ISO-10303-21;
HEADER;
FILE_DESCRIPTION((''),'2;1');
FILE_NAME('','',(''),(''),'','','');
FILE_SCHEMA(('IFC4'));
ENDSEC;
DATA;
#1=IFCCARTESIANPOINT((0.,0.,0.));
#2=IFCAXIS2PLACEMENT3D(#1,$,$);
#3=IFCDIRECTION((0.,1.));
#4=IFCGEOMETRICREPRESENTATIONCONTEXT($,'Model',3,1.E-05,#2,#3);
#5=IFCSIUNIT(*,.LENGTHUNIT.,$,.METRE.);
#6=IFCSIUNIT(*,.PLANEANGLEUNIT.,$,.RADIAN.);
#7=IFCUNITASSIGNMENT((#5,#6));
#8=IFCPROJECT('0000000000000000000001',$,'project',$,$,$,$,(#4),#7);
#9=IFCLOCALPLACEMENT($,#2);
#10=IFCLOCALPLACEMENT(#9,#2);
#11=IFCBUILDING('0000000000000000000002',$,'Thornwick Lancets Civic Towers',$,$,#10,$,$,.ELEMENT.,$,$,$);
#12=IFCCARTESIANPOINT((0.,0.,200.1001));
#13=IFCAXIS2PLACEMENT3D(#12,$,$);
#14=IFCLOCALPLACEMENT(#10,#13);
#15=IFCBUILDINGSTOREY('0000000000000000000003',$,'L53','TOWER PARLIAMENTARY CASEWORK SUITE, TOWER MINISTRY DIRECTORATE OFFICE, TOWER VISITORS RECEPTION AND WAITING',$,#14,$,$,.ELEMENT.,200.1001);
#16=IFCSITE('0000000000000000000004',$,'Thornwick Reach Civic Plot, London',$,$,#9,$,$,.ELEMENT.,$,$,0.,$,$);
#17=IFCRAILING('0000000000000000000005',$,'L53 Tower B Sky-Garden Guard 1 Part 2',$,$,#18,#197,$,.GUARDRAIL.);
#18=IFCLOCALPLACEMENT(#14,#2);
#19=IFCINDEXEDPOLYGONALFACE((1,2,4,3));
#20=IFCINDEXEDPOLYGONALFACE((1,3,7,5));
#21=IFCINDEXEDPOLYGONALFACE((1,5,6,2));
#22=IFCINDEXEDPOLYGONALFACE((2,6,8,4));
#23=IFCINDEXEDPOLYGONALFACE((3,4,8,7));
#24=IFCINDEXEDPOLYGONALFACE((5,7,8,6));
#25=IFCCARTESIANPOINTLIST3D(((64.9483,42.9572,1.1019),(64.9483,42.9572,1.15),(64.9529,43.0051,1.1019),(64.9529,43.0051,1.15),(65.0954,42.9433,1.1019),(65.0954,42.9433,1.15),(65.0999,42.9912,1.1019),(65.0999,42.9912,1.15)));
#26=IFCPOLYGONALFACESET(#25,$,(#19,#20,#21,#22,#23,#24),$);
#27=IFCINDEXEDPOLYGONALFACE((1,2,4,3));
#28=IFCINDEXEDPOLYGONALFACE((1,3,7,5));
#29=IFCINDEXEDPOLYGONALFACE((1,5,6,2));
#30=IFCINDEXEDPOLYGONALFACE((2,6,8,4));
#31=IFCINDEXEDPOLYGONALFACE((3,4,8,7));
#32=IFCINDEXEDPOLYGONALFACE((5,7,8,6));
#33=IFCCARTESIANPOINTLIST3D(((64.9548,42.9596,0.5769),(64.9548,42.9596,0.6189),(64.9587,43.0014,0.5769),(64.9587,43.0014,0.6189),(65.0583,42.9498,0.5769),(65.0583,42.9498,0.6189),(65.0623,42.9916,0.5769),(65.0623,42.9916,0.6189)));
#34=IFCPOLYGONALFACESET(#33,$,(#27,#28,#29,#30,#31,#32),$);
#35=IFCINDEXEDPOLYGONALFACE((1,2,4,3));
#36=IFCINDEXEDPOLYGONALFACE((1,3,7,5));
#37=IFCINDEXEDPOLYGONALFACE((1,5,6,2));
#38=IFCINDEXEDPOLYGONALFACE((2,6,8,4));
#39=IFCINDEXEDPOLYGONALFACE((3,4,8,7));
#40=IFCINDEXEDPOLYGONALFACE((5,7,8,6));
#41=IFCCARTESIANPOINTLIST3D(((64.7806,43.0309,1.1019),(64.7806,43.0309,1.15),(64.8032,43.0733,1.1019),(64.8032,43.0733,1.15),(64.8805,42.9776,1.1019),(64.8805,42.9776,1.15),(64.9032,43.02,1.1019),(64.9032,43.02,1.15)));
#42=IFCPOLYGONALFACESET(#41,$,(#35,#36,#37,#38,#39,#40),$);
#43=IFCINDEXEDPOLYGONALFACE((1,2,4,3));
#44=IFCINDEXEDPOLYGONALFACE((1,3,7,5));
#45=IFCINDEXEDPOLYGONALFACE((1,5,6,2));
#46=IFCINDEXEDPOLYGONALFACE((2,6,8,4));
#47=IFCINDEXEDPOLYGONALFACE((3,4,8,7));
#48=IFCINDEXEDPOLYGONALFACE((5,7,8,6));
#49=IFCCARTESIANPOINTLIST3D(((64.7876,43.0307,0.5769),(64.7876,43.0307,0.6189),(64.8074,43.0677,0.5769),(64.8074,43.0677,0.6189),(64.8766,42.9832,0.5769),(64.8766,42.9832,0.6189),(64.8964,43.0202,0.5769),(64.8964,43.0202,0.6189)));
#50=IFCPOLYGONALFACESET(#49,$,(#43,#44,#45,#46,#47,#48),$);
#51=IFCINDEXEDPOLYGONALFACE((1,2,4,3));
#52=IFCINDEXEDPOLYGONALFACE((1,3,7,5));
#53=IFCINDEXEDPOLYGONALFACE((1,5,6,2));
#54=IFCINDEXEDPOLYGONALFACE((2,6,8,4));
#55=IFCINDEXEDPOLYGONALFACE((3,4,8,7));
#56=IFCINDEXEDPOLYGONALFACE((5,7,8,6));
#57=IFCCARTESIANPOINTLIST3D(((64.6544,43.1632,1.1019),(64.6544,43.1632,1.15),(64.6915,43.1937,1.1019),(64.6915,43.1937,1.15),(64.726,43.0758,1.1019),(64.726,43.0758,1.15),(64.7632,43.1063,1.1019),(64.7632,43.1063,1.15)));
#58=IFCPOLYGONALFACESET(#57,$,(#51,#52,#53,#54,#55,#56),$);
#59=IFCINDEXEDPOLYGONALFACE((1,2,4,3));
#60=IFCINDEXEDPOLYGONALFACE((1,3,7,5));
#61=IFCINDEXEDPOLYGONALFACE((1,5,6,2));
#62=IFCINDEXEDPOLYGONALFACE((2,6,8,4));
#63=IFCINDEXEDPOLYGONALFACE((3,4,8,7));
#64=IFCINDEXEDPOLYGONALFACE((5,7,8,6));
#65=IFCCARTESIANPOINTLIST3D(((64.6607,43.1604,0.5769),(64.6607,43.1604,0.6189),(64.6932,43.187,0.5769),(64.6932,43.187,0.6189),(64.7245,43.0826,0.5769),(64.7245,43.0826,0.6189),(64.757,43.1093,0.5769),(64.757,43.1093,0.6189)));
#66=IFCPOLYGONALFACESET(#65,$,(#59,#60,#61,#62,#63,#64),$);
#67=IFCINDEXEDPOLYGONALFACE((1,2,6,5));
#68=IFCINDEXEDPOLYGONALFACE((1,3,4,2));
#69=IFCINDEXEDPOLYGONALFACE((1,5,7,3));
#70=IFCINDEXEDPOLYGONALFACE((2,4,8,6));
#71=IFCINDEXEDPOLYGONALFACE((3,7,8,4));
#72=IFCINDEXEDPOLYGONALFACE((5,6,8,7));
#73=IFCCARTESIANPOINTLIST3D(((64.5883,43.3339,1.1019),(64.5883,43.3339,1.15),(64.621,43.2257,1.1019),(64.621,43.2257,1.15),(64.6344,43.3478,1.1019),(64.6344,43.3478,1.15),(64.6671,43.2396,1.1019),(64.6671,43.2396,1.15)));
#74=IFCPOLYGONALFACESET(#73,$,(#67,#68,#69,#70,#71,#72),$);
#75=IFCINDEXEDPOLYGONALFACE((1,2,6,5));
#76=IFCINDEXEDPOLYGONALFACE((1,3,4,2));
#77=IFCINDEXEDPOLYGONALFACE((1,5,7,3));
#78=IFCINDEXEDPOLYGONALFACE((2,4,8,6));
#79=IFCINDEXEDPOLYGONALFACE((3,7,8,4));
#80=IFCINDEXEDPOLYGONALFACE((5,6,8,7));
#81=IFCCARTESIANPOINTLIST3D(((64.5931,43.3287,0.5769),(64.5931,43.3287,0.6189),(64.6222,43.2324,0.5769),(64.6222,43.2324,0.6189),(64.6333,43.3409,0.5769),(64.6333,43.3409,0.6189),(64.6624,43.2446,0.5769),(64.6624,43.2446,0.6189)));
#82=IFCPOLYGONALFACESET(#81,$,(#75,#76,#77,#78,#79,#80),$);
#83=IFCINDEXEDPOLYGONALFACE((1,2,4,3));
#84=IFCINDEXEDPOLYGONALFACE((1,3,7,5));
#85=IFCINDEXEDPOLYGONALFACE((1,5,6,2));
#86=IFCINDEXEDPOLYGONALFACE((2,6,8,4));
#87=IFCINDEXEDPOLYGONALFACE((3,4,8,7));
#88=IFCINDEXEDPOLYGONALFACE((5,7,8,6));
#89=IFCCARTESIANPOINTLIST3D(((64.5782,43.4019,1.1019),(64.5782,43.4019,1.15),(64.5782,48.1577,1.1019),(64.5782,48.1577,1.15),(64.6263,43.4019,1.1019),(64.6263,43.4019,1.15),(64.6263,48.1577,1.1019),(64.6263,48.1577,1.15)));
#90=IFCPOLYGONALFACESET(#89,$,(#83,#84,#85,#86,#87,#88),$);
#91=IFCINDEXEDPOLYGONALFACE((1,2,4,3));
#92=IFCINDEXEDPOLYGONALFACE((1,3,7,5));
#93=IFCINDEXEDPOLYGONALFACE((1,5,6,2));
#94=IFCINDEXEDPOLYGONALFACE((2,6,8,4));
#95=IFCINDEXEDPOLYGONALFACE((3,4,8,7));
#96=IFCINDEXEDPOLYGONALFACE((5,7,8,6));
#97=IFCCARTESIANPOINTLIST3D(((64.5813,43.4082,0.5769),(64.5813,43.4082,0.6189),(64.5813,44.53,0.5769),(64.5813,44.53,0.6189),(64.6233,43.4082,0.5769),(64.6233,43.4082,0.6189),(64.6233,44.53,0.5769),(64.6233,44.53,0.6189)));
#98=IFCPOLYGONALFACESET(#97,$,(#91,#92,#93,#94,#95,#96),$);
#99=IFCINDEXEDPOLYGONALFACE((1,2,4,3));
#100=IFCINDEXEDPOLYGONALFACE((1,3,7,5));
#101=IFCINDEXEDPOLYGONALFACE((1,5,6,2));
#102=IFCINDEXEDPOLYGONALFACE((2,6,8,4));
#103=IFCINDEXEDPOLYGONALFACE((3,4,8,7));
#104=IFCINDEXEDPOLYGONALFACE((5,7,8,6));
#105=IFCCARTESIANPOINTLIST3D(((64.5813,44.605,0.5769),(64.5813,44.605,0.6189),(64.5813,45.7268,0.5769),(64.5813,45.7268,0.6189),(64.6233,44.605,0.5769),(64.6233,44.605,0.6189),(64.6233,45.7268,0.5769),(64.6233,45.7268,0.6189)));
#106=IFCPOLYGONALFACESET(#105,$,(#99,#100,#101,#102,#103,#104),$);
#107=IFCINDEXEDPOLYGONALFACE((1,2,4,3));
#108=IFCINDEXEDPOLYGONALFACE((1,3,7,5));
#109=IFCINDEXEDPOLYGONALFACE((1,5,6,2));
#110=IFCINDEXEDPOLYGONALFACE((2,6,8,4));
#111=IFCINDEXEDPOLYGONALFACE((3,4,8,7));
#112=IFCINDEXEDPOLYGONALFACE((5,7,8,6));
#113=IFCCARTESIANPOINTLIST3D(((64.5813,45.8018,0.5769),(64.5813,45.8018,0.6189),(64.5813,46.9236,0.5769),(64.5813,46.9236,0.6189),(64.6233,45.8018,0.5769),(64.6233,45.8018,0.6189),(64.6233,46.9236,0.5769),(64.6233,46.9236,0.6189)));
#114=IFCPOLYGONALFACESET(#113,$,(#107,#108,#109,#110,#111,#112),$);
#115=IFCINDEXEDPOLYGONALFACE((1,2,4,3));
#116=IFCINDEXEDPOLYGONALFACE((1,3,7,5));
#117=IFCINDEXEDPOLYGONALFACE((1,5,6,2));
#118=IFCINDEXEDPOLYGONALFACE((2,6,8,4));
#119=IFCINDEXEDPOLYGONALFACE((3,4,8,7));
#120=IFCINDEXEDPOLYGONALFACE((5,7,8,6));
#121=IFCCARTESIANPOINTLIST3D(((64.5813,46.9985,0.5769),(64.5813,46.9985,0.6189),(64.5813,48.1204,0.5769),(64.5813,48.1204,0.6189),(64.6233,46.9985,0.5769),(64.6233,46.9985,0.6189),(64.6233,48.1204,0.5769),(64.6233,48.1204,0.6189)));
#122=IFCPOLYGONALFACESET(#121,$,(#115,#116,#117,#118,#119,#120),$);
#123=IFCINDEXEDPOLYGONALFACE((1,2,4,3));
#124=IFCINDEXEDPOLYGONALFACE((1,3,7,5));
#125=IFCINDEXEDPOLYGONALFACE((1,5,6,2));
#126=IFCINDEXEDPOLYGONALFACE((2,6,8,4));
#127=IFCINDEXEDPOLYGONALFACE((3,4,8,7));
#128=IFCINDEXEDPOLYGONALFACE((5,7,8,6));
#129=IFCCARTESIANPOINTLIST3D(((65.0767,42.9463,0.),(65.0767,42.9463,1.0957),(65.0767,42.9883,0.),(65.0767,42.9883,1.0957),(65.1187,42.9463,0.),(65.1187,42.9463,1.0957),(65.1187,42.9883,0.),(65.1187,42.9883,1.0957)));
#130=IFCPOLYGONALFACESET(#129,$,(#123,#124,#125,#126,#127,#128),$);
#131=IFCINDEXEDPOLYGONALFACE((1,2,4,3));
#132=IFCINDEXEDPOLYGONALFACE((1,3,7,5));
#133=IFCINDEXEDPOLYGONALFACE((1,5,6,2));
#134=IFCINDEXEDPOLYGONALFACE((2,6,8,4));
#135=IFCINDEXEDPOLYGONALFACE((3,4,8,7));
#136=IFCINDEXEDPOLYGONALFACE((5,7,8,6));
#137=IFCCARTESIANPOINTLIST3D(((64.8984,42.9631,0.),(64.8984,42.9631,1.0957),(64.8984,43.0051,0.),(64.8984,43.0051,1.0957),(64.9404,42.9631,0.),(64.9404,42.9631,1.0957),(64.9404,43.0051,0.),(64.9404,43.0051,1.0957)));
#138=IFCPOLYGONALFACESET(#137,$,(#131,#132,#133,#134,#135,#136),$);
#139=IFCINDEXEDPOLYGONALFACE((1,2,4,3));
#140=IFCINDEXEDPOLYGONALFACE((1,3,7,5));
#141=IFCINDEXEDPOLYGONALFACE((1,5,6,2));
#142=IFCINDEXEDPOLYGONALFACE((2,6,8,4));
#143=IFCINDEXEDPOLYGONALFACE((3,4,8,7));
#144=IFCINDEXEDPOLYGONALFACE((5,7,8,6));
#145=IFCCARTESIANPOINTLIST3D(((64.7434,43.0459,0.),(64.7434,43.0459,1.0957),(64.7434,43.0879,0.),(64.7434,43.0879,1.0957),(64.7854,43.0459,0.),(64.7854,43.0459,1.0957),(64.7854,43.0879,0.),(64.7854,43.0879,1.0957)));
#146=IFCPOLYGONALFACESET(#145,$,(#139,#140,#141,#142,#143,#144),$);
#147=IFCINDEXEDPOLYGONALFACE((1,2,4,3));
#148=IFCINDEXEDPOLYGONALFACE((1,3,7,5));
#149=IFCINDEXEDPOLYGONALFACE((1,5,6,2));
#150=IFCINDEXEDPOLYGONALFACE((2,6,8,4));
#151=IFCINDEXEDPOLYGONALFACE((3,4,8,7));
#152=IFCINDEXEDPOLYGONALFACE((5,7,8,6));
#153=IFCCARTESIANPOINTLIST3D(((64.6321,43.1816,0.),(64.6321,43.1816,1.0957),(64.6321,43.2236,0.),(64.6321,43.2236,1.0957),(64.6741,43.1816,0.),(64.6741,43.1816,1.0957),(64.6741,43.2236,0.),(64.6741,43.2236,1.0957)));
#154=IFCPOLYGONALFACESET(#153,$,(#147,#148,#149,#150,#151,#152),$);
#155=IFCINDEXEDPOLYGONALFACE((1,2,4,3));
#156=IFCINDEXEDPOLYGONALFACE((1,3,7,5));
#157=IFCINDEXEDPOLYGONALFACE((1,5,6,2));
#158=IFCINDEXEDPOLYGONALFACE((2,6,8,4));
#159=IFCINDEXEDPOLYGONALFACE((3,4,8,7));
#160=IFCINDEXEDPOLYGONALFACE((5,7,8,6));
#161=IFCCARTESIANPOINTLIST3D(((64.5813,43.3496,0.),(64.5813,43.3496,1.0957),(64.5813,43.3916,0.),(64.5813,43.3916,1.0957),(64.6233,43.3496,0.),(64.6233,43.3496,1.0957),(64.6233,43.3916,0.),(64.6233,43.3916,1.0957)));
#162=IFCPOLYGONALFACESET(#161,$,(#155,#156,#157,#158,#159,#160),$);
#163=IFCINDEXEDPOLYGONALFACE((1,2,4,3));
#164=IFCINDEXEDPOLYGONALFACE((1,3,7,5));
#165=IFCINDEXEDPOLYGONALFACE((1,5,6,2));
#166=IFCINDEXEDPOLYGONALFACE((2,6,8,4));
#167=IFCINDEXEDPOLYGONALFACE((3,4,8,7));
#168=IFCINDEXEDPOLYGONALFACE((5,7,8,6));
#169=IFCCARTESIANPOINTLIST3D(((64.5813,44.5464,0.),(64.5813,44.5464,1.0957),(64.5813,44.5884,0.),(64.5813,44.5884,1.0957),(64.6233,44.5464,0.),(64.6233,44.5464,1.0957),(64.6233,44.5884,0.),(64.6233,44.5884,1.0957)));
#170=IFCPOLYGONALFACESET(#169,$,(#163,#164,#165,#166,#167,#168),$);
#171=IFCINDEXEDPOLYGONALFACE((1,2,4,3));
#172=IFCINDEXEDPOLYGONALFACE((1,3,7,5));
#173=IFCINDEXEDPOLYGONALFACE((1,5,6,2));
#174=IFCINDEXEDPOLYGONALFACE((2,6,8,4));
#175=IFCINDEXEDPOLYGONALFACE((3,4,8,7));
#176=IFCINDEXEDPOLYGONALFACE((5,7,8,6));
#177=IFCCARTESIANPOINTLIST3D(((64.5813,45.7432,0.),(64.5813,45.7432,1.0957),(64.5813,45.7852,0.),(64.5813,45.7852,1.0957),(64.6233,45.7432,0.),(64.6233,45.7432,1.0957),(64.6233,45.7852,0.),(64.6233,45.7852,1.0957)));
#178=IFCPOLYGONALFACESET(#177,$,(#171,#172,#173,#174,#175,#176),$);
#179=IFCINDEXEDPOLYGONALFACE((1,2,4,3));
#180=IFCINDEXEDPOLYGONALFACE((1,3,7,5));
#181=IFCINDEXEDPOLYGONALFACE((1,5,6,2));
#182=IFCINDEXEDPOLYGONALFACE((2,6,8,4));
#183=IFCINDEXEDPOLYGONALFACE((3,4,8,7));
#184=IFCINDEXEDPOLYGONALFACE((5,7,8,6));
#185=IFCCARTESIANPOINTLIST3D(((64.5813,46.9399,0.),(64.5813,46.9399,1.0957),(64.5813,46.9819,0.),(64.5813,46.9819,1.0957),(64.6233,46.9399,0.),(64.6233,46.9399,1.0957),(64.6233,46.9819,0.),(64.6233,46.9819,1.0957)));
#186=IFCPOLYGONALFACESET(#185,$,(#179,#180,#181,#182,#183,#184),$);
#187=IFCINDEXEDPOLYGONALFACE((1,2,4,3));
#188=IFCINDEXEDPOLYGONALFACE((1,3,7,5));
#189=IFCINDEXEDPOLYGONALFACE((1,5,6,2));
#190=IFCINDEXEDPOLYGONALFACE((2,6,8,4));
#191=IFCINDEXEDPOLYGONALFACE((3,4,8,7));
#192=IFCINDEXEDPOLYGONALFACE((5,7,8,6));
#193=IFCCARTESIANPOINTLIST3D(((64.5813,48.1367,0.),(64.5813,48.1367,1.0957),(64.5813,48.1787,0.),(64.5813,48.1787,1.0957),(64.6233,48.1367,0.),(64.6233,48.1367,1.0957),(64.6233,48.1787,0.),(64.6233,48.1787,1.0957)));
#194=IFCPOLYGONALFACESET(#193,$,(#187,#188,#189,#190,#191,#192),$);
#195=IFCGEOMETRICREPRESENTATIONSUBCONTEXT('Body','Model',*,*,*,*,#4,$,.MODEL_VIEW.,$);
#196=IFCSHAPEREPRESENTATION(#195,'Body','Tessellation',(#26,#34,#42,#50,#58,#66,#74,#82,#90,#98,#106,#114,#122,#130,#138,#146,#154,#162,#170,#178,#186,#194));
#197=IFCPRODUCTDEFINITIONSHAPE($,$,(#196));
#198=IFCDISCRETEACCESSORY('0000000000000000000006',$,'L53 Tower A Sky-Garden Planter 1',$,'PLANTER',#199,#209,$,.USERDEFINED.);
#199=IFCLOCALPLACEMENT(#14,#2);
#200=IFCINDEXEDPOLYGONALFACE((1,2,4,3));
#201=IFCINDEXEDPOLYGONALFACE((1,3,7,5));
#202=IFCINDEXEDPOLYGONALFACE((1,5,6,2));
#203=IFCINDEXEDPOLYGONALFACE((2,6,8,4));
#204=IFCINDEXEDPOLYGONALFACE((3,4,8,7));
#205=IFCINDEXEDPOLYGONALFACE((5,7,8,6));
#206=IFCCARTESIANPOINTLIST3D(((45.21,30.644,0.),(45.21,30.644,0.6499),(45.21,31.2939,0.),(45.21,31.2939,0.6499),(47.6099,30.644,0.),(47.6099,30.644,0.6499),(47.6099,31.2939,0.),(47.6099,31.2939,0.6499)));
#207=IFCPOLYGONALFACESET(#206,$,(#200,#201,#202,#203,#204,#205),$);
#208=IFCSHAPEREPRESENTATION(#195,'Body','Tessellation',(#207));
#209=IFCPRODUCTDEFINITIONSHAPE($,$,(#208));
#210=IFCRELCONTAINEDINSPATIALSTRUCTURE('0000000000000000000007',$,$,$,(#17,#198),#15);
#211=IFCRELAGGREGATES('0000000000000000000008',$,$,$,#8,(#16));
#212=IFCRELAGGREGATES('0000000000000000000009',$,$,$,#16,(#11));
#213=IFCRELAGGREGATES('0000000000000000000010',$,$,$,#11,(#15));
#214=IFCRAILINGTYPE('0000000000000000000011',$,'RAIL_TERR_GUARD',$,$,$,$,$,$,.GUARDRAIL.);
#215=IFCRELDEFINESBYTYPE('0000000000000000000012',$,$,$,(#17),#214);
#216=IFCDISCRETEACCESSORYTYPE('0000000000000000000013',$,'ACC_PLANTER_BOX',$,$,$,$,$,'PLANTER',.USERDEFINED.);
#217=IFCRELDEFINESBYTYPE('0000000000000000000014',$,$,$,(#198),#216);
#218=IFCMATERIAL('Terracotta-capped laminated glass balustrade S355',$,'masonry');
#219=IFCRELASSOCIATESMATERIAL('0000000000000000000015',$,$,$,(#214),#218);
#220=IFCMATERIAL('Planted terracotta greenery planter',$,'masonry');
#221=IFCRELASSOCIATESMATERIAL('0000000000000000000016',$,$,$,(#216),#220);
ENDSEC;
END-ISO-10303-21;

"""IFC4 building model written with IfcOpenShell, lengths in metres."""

from ifc_helpers import new_model, si_unit, direction, frame, origin, origin_2d, place, context, subcontext, project, spatial, rectangle, extrude, material, type_object, element, save


model = new_model("IFC4")

# Units and contexts
model_context = context("Model", 3, precision=1e-05, world=origin(), true_north=direction((0.0, 1.0)))
body_context = subcontext(model_context, "Body", "Model", "MODEL_VIEW")
ifc_project = project(units=[si_unit("LENGTHUNIT", "METRE"), si_unit("PLANEANGLEUNIT", "RADIAN")], contexts=[model_context])

# Site, building, storey
site_placement = place(None, origin())
site = spatial("IfcSite", under=ifc_project, at=site_placement, Name="Thornwick Reach Civic Plot, London", CompositionType="ELEMENT", RefElevation=0.0)
building_placement = place(site_placement, origin())
building = spatial("IfcBuilding", under=site, at=building_placement, Name="Thornwick Lancets Civic Towers", CompositionType="ELEMENT")
storey_placement = place(building_placement, frame((0.0, 0.0, 200.1001)))
storey = spatial("IfcBuildingStorey", under=building, at=storey_placement, Name="L53", Description="TOWER PARLIAMENTARY CASEWORK SUITE, TOWER MINISTRY DIRECTORATE OFFICE, TOWER VISITORS RECEPTION AND WAITING", CompositionType="ELEMENT", Elevation=200.1001)

# Railing
ifc_material_1 = material(Name="Terracotta-capped laminated glass balustrade S355", Category="masonry")
railing_type = type_object("IfcRailingType", Name="RAIL_TERR_GUARD", PredefinedType="GUARDRAIL", material=ifc_material_1)
railing_1_placement = place(storey_placement, frame((65.0977, 42.9673, 0.0)))
element("IfcRailing", 1, at=railing_1_placement, inside=storey, type_object=railing_type, Name="L53 Tower B Sky-Garden Guard 1 Part 2", PredefinedType="GUARDRAIL", context=body_context, shape_type="SweptSolid", body=[
    extrude(rectangle(XDim=0.0481, YDim=0.0481, at=origin_2d()), frame((0.0, 0.0, 1.126), z_axis=(-0.995563, 0.094101, 0.0), x_axis=(-0.094101, -0.995563, 0.0)), (0.0, 0.0, 1.0), 0.1477),
    extrude(rectangle(XDim=0.042, YDim=0.042, at=origin_2d()), frame((-0.0374, 0.0034, 0.5979), z_axis=(-0.995563, 0.094101, 0.0), x_axis=(-0.094101, -0.995563, 0.0)), (0.0, 0.0, 1.0), 0.104),
    extrude(rectangle(XDim=0.0481, YDim=0.0481, at=origin_2d()), frame((-0.2058, 0.0315, 1.126), z_axis=(-0.882161, 0.470949, 0.0), x_axis=(-0.470949, -0.882161, 0.0)), (0.0, 0.0, 1.0), 0.1133),
    extrude(rectangle(XDim=0.042, YDim=0.042, at=origin_2d()), frame((-0.2112, 0.0344, 0.5979), z_axis=(-0.882161, 0.470949, 0.0), x_axis=(-0.470949, -0.882161, 0.0)), (0.0, 0.0, 1.0), 0.1008),
    extrude(rectangle(XDim=0.0481, YDim=0.0481, at=origin_2d()), frame((-0.353, 0.1238, 1.126), z_axis=(-0.634146, 0.773213, 0.0), x_axis=(-0.773213, -0.634146, 0.0)), (0.0, 0.0, 1.0), 0.113),
    extrude(rectangle(XDim=0.042, YDim=0.042, at=origin_2d()), frame((-0.3569, 0.1287, 0.5979), z_axis=(-0.634146, 0.773213, 0.0), x_axis=(-0.773213, -0.634146, 0.0)), (0.0, 0.0, 1.0), 0.1006),
    extrude(rectangle(XDim=0.0481, YDim=0.0481, at=origin_2d()), frame((-0.4536, 0.2654, 1.126), z_axis=(-0.28939, 0.957211, 0.0), x_axis=(-0.957211, -0.28939, 0.0)), (0.0, 0.0, 1.0), 0.113),
    extrude(rectangle(XDim=0.042, YDim=0.042, at=origin_2d()), frame((-0.4553, 0.2712, 0.5979), z_axis=(-0.28939, 0.957211, 0.0), x_axis=(-0.957211, -0.28939, 0.0)), (0.0, 0.0, 1.0), 0.1006),
    extrude(rectangle(XDim=0.0481, YDim=0.0481, at=origin_2d()), frame((-0.4954, 0.4346, 1.126), z_axis=(0.0, 1.0, 0.0), x_axis=(-1.0, 0.0, 0.0)), (0.0, 0.0, 1.0), 4.7559),
    extrude(rectangle(XDim=0.042, YDim=0.042, at=origin_2d()), frame((-0.4954, 0.4409, 0.5979), z_axis=(0.0, 1.0, 0.0), x_axis=(-1.0, 0.0, 0.0)), (0.0, 0.0, 1.0), 1.1218),
    extrude(rectangle(XDim=0.042, YDim=0.042, at=origin_2d()), frame((-0.4954, 1.6377, 0.5979), z_axis=(0.0, 1.0, 0.0), x_axis=(-1.0, 0.0, 0.0)), (0.0, 0.0, 1.0), 1.1218),
    extrude(rectangle(XDim=0.042, YDim=0.042, at=origin_2d()), frame((-0.4954, 2.8345, 0.5979), z_axis=(0.0, 1.0, 0.0), x_axis=(-1.0, 0.0, 0.0)), (0.0, 0.0, 1.0), 1.1218),
    extrude(rectangle(XDim=0.042, YDim=0.042, at=origin_2d()), frame((-0.4954, 4.0312, 0.5979), z_axis=(0.0, 1.0, 0.0), x_axis=(-1.0, 0.0, 0.0)), (0.0, 0.0, 1.0), 1.1218),
    extrude(rectangle(XDim=0.042, YDim=0.042, at=origin_2d()), origin(), (0.0, 0.0, 1.0), 1.0957),
    extrude(rectangle(XDim=0.042, YDim=0.042, at=origin_2d()), frame((-0.1782, 0.0168, 0.0)), (0.0, 0.0, 1.0), 1.0957),
    extrude(rectangle(XDim=0.042, YDim=0.042, at=origin_2d()), frame((-0.3333, 0.0996, 0.0)), (0.0, 0.0, 1.0), 1.0957),
    extrude(rectangle(XDim=0.042, YDim=0.042, at=origin_2d()), frame((-0.4446, 0.2354, 0.0)), (0.0, 0.0, 1.0), 1.0957),
    extrude(rectangle(XDim=0.042, YDim=0.042, at=origin_2d()), frame((-0.4954, 0.4033, 0.0)), (0.0, 0.0, 1.0), 1.0957),
    extrude(rectangle(XDim=0.042, YDim=0.042, at=origin_2d()), frame((-0.4954, 1.6001, 0.0)), (0.0, 0.0, 1.0), 1.0957),
    extrude(rectangle(XDim=0.042, YDim=0.042, at=origin_2d()), frame((-0.4954, 2.7969, 0.0)), (0.0, 0.0, 1.0), 1.0957),
    extrude(rectangle(XDim=0.042, YDim=0.042, at=origin_2d()), frame((-0.4954, 3.9937, 0.0)), (0.0, 0.0, 1.0), 1.0957),
    extrude(rectangle(XDim=0.042, YDim=0.042, at=origin_2d()), frame((-0.4954, 5.1904, 0.0)), (0.0, 0.0, 1.0), 1.0957),
])

# Discrete accessory
ifc_material_2 = material(Name="Planted terracotta greenery planter", Category="masonry")
discrete_accessory_type = type_object("IfcDiscreteAccessoryType", Name="ACC_PLANTER_BOX", ElementType="PLANTER", PredefinedType="USERDEFINED", material=ifc_material_2)
discrete_accessory_placement = place(storey_placement, frame((46.4099, 30.969, 0.0), z_axis=(0.0, 0.0, 1.0), x_axis=(1.0, 0.0, 0.0)))
element("IfcDiscreteAccessory", 2, at=discrete_accessory_placement, inside=storey, type_object=discrete_accessory_type, Name="L53 Tower A Sky-Garden Planter 1", ObjectType="PLANTER", PredefinedType="USERDEFINED", context=body_context, shape_type="SweptSolid", body=[
    extrude(rectangle(XDim=2.3999, YDim=0.6499, at=origin_2d()), origin(), (0.0, 0.0, 1.0), 0.6499),
])

save(model, "model.ifc")
